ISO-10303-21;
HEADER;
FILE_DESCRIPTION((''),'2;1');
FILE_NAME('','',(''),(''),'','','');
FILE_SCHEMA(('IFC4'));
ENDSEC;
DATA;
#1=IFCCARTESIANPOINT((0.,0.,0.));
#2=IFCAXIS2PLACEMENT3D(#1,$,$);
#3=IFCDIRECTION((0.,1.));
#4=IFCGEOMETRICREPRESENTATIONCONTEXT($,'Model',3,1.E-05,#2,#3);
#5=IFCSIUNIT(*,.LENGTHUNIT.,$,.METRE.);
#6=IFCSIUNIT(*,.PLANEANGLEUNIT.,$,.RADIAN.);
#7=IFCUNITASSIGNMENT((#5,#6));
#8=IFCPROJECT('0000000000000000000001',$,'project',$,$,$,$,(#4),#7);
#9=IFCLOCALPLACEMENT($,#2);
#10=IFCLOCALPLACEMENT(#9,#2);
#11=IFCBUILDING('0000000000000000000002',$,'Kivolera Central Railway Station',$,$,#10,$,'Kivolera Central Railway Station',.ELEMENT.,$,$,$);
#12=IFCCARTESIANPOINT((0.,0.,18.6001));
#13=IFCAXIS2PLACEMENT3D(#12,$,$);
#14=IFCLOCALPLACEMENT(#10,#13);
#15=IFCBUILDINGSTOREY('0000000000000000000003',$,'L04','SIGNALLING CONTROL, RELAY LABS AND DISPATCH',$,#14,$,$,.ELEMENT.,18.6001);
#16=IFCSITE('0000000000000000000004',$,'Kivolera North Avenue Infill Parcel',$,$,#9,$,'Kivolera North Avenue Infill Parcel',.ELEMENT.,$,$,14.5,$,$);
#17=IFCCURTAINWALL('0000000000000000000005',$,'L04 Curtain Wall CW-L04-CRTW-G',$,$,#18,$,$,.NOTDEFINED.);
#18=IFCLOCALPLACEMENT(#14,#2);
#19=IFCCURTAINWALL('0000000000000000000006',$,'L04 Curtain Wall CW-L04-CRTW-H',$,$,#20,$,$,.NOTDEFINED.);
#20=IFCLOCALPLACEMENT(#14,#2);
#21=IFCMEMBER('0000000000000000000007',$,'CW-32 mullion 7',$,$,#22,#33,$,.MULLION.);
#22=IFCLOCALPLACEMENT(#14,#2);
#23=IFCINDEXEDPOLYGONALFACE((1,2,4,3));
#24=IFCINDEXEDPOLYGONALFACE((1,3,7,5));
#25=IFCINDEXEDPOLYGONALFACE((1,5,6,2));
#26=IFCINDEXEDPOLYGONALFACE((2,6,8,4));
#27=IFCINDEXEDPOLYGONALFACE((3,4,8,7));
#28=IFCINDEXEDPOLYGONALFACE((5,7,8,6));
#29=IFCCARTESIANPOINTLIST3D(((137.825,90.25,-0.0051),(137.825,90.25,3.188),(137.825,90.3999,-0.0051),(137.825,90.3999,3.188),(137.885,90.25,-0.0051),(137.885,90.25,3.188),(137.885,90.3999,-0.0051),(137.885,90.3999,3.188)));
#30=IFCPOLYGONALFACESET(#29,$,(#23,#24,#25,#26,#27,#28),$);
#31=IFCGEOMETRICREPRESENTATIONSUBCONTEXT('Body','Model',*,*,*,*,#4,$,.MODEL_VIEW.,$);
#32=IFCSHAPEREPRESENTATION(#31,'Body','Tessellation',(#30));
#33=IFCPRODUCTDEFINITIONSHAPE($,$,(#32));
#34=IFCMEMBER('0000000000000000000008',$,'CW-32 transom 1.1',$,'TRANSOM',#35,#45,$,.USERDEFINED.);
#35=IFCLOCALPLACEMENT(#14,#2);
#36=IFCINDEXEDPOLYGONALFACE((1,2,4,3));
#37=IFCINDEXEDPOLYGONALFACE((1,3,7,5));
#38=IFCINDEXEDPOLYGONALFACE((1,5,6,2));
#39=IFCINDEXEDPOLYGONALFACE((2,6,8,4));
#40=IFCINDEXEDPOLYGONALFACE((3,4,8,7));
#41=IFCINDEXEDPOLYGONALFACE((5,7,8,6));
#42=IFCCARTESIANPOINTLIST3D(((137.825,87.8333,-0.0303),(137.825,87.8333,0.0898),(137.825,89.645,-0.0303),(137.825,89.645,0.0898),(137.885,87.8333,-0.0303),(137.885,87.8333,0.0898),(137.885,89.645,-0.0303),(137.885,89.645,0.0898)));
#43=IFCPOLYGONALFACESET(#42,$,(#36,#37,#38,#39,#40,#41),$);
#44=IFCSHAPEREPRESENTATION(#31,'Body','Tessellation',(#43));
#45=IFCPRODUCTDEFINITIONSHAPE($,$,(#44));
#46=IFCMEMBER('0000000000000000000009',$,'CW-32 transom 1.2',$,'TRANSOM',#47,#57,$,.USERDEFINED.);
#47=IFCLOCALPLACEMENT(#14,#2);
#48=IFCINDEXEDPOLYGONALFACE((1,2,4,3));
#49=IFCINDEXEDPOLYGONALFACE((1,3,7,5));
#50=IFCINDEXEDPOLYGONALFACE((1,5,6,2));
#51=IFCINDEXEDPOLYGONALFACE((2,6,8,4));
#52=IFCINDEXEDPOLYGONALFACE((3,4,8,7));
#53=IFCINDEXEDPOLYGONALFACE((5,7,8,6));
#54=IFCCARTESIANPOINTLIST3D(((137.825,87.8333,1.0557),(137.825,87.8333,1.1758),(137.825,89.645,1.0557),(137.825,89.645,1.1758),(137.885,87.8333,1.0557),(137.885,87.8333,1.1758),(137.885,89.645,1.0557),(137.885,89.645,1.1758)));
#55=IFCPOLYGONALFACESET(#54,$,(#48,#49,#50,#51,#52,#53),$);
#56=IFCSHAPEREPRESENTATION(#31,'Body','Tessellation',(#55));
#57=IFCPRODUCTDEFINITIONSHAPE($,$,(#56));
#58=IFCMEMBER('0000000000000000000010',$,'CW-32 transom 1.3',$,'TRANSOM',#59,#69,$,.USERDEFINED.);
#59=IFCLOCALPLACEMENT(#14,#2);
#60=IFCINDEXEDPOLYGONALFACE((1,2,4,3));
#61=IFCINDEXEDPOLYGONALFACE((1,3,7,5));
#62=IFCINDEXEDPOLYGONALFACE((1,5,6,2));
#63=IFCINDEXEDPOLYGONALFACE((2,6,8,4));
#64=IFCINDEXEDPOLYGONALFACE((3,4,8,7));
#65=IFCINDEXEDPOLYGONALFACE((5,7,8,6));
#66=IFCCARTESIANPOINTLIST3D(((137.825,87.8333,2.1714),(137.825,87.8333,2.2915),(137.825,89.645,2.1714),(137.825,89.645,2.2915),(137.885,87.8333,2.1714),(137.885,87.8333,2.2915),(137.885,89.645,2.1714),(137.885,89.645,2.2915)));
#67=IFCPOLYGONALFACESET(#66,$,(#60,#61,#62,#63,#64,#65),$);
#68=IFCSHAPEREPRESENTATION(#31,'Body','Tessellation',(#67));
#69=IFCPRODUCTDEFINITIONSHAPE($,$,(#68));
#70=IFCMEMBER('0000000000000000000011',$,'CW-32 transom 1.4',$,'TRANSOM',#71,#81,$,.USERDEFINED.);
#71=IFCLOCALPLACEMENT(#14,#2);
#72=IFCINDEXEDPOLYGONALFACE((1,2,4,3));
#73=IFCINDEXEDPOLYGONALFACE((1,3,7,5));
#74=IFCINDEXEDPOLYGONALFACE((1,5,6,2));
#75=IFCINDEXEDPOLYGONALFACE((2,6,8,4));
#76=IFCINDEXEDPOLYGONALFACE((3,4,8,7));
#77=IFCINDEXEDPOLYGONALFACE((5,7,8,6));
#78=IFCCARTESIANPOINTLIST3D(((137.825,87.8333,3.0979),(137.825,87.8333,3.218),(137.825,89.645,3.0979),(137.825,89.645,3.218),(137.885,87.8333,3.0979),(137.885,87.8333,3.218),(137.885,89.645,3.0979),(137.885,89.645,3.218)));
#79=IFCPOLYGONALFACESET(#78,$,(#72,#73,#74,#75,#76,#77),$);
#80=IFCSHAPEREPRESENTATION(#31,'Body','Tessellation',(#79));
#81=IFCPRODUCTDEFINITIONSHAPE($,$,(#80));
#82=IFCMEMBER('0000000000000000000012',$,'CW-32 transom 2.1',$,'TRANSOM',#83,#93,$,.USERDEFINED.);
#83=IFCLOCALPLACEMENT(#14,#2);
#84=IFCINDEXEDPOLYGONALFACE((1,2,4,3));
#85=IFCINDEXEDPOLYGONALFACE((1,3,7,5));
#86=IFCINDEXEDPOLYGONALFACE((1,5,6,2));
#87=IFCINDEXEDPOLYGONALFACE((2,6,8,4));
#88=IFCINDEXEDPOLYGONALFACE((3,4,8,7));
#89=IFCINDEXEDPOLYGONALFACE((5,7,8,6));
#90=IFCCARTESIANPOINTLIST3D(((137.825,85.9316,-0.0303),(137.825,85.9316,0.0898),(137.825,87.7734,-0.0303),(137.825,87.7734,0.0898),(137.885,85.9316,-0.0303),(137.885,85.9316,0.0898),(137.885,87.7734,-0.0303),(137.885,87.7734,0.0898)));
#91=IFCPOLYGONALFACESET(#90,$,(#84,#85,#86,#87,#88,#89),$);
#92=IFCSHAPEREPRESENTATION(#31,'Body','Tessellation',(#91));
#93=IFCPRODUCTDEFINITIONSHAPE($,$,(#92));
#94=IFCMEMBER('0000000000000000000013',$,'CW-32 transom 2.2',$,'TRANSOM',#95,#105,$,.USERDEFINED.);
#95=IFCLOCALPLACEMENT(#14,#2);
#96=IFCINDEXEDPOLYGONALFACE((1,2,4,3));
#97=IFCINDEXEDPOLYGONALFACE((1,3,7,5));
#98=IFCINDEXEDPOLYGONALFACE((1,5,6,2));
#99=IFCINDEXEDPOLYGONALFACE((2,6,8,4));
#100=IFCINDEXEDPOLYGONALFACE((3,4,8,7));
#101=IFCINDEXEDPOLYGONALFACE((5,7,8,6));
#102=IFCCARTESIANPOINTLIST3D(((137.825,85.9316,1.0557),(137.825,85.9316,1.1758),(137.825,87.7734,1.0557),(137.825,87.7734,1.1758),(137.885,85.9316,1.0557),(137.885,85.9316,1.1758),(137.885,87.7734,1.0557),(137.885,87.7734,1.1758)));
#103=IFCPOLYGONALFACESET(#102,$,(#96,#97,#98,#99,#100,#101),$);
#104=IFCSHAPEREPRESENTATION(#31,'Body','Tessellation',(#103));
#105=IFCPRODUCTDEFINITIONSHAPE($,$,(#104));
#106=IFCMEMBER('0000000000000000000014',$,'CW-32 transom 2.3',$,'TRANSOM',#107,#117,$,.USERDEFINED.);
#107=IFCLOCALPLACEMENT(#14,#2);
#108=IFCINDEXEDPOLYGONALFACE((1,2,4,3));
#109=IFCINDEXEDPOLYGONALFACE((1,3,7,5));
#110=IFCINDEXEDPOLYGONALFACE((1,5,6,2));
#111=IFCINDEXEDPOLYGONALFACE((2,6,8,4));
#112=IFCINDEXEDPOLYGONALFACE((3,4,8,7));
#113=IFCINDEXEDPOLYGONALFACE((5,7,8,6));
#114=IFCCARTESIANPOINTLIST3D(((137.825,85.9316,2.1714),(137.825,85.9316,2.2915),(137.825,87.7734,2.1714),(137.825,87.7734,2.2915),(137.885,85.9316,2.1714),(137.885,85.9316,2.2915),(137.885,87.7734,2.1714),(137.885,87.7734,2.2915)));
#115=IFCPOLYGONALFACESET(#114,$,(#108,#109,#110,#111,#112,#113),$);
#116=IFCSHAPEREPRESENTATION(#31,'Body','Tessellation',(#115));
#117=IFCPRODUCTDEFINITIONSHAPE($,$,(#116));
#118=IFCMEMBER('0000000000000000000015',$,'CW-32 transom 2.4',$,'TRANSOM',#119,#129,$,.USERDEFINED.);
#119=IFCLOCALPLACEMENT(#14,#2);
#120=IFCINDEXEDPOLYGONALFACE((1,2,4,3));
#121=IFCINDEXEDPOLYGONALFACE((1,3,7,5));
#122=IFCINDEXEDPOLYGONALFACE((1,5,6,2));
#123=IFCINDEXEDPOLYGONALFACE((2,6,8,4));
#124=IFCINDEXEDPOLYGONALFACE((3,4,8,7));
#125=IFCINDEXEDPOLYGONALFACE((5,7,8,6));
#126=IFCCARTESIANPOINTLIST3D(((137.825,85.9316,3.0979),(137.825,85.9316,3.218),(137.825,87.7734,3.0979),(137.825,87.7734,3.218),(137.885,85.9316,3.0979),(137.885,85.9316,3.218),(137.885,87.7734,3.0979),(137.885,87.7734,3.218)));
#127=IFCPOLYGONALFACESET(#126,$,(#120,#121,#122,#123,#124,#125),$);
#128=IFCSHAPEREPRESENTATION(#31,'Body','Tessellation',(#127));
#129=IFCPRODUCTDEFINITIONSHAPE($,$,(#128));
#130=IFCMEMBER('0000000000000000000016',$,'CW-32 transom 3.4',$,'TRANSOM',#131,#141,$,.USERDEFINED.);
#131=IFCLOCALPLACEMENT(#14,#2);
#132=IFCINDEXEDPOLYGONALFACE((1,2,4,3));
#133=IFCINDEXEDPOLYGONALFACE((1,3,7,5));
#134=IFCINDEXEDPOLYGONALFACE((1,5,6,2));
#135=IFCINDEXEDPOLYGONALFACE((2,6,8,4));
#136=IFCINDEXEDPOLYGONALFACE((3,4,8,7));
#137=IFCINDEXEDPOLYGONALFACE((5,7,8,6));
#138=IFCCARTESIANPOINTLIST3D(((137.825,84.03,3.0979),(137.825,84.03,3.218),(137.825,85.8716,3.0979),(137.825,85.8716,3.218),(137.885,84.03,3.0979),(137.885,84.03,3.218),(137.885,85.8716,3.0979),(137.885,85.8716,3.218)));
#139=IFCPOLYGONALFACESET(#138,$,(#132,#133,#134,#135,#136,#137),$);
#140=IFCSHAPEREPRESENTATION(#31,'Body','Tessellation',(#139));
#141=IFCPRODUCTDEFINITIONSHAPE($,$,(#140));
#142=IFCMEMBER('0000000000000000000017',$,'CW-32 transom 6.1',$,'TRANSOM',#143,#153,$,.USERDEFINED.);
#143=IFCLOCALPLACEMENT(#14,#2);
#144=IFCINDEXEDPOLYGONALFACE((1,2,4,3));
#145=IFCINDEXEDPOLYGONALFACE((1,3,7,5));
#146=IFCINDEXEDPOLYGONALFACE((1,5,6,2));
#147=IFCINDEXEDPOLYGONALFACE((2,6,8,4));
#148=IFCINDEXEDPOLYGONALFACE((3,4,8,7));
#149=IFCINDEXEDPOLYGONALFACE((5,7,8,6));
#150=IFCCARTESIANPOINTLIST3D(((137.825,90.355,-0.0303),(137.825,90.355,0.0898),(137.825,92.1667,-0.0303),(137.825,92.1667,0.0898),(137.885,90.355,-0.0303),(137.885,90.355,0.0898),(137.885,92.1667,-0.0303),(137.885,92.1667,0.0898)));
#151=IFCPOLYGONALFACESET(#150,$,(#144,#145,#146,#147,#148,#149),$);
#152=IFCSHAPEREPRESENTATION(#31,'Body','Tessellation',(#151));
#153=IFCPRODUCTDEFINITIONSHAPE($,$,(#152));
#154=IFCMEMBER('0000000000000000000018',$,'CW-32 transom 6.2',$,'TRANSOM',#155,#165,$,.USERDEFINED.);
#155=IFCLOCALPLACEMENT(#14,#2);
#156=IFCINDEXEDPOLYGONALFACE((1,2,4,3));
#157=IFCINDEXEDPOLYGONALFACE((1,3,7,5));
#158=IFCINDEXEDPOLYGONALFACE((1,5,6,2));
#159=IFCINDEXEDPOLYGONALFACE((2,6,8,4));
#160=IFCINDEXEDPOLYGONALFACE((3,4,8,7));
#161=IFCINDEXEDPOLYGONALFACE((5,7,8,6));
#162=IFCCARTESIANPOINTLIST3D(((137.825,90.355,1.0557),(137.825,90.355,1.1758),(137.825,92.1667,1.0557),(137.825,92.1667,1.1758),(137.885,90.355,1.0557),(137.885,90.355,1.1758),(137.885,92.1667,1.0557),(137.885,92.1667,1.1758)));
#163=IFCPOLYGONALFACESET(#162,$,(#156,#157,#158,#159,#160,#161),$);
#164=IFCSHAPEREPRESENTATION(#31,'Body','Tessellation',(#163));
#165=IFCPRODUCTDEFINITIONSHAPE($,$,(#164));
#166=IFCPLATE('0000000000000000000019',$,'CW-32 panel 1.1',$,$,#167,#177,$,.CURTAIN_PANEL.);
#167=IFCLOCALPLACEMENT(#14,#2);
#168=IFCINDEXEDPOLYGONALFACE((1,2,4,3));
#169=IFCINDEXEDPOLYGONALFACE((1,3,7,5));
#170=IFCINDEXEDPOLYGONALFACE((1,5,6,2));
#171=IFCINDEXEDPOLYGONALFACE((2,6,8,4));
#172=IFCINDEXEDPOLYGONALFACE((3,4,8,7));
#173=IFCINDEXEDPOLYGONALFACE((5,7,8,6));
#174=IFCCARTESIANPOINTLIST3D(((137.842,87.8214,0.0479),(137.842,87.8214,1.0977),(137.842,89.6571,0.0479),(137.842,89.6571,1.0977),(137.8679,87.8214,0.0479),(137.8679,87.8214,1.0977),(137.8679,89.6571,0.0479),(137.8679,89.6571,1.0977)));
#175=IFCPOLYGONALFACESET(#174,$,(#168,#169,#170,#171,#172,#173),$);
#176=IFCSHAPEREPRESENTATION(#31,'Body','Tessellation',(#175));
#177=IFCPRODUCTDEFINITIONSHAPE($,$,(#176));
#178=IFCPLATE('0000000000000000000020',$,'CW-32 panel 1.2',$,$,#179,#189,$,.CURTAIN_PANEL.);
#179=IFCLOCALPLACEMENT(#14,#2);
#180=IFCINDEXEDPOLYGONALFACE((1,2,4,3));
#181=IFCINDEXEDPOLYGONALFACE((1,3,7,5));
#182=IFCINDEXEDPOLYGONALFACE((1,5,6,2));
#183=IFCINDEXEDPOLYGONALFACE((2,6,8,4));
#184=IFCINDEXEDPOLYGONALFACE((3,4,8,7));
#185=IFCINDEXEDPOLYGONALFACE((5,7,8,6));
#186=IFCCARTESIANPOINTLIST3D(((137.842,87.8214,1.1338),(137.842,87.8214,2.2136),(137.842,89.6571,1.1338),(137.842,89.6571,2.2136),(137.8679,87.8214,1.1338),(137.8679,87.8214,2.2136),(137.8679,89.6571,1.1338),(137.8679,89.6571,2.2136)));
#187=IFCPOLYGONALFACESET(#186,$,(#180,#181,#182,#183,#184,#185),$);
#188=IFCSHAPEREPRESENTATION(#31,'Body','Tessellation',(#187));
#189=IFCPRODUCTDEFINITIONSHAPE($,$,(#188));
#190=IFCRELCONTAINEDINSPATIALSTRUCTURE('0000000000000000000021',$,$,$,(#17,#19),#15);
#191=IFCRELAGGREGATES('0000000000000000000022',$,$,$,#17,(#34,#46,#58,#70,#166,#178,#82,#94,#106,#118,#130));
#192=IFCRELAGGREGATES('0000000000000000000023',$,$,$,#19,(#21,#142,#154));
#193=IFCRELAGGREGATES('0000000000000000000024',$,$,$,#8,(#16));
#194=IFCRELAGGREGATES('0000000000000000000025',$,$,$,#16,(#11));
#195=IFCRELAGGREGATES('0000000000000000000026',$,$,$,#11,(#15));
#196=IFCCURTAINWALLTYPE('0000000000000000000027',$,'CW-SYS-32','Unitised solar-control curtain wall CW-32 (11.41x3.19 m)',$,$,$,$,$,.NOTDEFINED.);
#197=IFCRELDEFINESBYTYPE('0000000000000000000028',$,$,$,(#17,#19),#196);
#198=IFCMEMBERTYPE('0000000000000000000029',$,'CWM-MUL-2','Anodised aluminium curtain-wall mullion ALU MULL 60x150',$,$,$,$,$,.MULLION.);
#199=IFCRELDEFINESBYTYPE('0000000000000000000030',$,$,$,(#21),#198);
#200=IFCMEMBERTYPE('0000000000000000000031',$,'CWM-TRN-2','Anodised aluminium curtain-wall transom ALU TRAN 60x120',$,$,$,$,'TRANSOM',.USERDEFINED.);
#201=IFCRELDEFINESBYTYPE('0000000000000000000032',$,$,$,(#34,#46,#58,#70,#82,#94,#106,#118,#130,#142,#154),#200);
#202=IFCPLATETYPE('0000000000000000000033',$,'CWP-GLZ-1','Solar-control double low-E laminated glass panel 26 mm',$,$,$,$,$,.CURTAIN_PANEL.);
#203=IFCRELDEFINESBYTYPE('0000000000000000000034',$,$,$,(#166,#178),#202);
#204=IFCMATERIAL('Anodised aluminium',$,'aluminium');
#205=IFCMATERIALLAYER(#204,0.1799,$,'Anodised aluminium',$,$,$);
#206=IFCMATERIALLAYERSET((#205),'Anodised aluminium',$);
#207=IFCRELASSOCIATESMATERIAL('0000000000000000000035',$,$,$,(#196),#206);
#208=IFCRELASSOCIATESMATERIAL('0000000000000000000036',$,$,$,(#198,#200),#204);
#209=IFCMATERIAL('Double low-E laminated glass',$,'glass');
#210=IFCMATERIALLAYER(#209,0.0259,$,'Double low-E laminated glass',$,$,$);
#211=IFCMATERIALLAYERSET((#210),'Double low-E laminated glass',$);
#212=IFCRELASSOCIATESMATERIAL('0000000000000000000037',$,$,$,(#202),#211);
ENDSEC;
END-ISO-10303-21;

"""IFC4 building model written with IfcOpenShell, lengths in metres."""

from ifc_helpers import new_model, si_unit, direction, frame, origin, origin_2d, place, context, subcontext, project, spatial, rectangle, extrude, material, layer, layer_set, material_profile, profile_set, type_object, element, aggregate, save


model = new_model("IFC4")

# Units and contexts
model_context = context("Model", 3, precision=1e-05, world=origin(), true_north=direction((0.0, 1.0)))
body_context = subcontext(model_context, "Body", "Model", "MODEL_VIEW")
ifc_project = project(units=[si_unit("LENGTHUNIT", "METRE"), si_unit("PLANEANGLEUNIT", "RADIAN")], contexts=[model_context])

# Site, building, storey
site_placement = place(None, origin())
site = spatial("IfcSite", under=ifc_project, at=site_placement, Name="Kivolera North Avenue Infill Parcel", LongName="Kivolera North Avenue Infill Parcel", CompositionType="ELEMENT", RefElevation=14.5)
building_placement = place(site_placement, origin())
building = spatial("IfcBuilding", under=site, at=building_placement, Name="Kivolera Central Railway Station", LongName="Kivolera Central Railway Station", CompositionType="ELEMENT")
storey_placement = place(building_placement, frame((0.0, 0.0, 18.6001)))
storey = spatial("IfcBuildingStorey", under=building, at=storey_placement, Name="L04", Description="SIGNALLING CONTROL, RELAY LABS AND DISPATCH", CompositionType="ELEMENT", Elevation=18.6001)

# Curtain wall
ifc_material_1 = material(Name="Anodised aluminium", Category="aluminium")
ifc_layer_1 = layer(ifc_material_1, 0.1799, Name="Anodised aluminium")
ifc_layer_set_1 = layer_set([ifc_layer_1], Name="Anodised aluminium")
curtain_wall_type = type_object("IfcCurtainWallType", Name="CW-SYS-32", Description="Unitised solar-control curtain wall CW-32 (11.41x3.19 m)", PredefinedType="NOTDEFINED", material=ifc_layer_set_1)
curtain_wall_1_placement = place(storey_placement, origin())
curtain_wall_1 = element("IfcCurtainWall", 1, at=curtain_wall_1_placement, inside=storey, type_object=curtain_wall_type, Name="L04 Curtain Wall CW-L04-CRTW-G", PredefinedType="NOTDEFINED")
ifc_material_profile_1 = material_profile(ifc_material_1, rectangle(XDim=0.0601, YDim=0.1499, at=origin_2d()), Name="ALU MULL 60x150")
ifc_profile_set_1 = profile_set([ifc_material_profile_1], Name="Anodised aluminium")
member_type_1 = type_object("IfcMemberType", Name="CWM-MUL-2", Description="Anodised aluminium curtain-wall mullion ALU MULL 60x150", PredefinedType="MULLION", material=ifc_profile_set_1)

# Curtain wall, member
curtain_wall_2_placement = place(storey_placement, origin())
curtain_wall_2 = element("IfcCurtainWall", 2, at=curtain_wall_2_placement, inside=storey, type_object=curtain_wall_type, Name="L04 Curtain Wall CW-L04-CRTW-H", PredefinedType="NOTDEFINED")
member_1_placement = place(storey_placement, frame((137.855, 90.325, -0.0051), z_axis=(0.0, 0.0, 1.0), x_axis=(1.0, 0.0, 0.0)))
member_1 = element("IfcMember", 3, at=member_1_placement, type_object=member_type_1, Name="CW-32 mullion 7", PredefinedType="MULLION", context=body_context, shape_type="SweptSolid", body=[
    extrude(rectangle(XDim=0.0601, YDim=0.1499, at=origin_2d()), origin(), (0.0, 0.0, 1.0), 3.1931),
])

# Members
ifc_material_profile_2 = material_profile(ifc_material_1, rectangle(XDim=0.0601, YDim=0.1201, at=origin_2d()), Name="ALU TRAN 60x120")
ifc_profile_set_2 = profile_set([ifc_material_profile_2], Name="Anodised aluminium")
member_type_2 = type_object("IfcMemberType", Name="CWM-TRN-2", Description="Anodised aluminium curtain-wall transom ALU TRAN 60x120", ElementType="TRANSOM", PredefinedType="USERDEFINED", material=ifc_profile_set_2)
member_2_placement = place(storey_placement, frame((137.855, 89.645, 0.0298), z_axis=(0.0, -1.0, 0.0), x_axis=(1.0, 0.0, 0.0)))
member_2 = element("IfcMember", 4, at=member_2_placement, type_object=member_type_2, Name="CW-32 transom 1.1", ObjectType="TRANSOM", PredefinedType="USERDEFINED", context=body_context, shape_type="SweptSolid", body=[
    extrude(rectangle(XDim=0.0601, YDim=0.1201, at=origin_2d()), origin(), (0.0, 0.0, 1.0), 1.8118),
])
member_3_placement = place(storey_placement, frame((137.855, 89.645, 1.1157), z_axis=(0.0, -1.0, 0.0), x_axis=(1.0, 0.0, 0.0)))
member_3 = element("IfcMember", 5, at=member_3_placement, type_object=member_type_2, Name="CW-32 transom 1.2", ObjectType="TRANSOM", PredefinedType="USERDEFINED", context=body_context, shape_type="SweptSolid", body=[
    extrude(rectangle(XDim=0.0601, YDim=0.1201, at=origin_2d()), origin(), (0.0, 0.0, 1.0), 1.8118),
])
member_4_placement = place(storey_placement, frame((137.855, 89.645, 2.2314), z_axis=(0.0, -1.0, 0.0), x_axis=(1.0, 0.0, 0.0)))
member_4 = element("IfcMember", 6, at=member_4_placement, type_object=member_type_2, Name="CW-32 transom 1.3", ObjectType="TRANSOM", PredefinedType="USERDEFINED", context=body_context, shape_type="SweptSolid", body=[
    extrude(rectangle(XDim=0.0601, YDim=0.1201, at=origin_2d()), origin(), (0.0, 0.0, 1.0), 1.8118),
])
member_5_placement = place(storey_placement, frame((137.855, 89.645, 3.158), z_axis=(0.0, -1.0, 0.0), x_axis=(1.0, 0.0, 0.0)))
member_5 = element("IfcMember", 7, at=member_5_placement, type_object=member_type_2, Name="CW-32 transom 1.4", ObjectType="TRANSOM", PredefinedType="USERDEFINED", context=body_context, shape_type="SweptSolid", body=[
    extrude(rectangle(XDim=0.0601, YDim=0.1201, at=origin_2d()), origin(), (0.0, 0.0, 1.0), 1.8118),
])
member_6_placement = place(storey_placement, frame((137.855, 87.7734, 0.0298), z_axis=(0.0, -1.0, 0.0), x_axis=(1.0, 0.0, 0.0)))
member_6 = element("IfcMember", 8, at=member_6_placement, type_object=member_type_2, Name="CW-32 transom 2.1", ObjectType="TRANSOM", PredefinedType="USERDEFINED", context=body_context, shape_type="SweptSolid", body=[
    extrude(rectangle(XDim=0.0601, YDim=0.1201, at=origin_2d()), origin(), (0.0, 0.0, 1.0), 1.8418),
])
member_7_placement = place(storey_placement, frame((137.855, 87.7734, 1.1157), z_axis=(0.0, -1.0, 0.0), x_axis=(1.0, 0.0, 0.0)))
member_7 = element("IfcMember", 9, at=member_7_placement, type_object=member_type_2, Name="CW-32 transom 2.2", ObjectType="TRANSOM", PredefinedType="USERDEFINED", context=body_context, shape_type="SweptSolid", body=[
    extrude(rectangle(XDim=0.0601, YDim=0.1201, at=origin_2d()), origin(), (0.0, 0.0, 1.0), 1.8418),
])
member_8_placement = place(storey_placement, frame((137.855, 87.7734, 2.2314), z_axis=(0.0, -1.0, 0.0), x_axis=(1.0, 0.0, 0.0)))
member_8 = element("IfcMember", 10, at=member_8_placement, type_object=member_type_2, Name="CW-32 transom 2.3", ObjectType="TRANSOM", PredefinedType="USERDEFINED", context=body_context, shape_type="SweptSolid", body=[
    extrude(rectangle(XDim=0.0601, YDim=0.1201, at=origin_2d()), origin(), (0.0, 0.0, 1.0), 1.8418),
])
member_9_placement = place(storey_placement, frame((137.855, 87.7734, 3.158), z_axis=(0.0, -1.0, 0.0), x_axis=(1.0, 0.0, 0.0)))
member_9 = element("IfcMember", 11, at=member_9_placement, type_object=member_type_2, Name="CW-32 transom 2.4", ObjectType="TRANSOM", PredefinedType="USERDEFINED", context=body_context, shape_type="SweptSolid", body=[
    extrude(rectangle(XDim=0.0601, YDim=0.1201, at=origin_2d()), origin(), (0.0, 0.0, 1.0), 1.8418),
])
member_10_placement = place(storey_placement, frame((137.855, 85.8716, 3.158), z_axis=(0.0, -1.0, 0.0), x_axis=(1.0, 0.0, 0.0)))
member_10 = element("IfcMember", 12, at=member_10_placement, type_object=member_type_2, Name="CW-32 transom 3.4", ObjectType="TRANSOM", PredefinedType="USERDEFINED", context=body_context, shape_type="SweptSolid", body=[
    extrude(rectangle(XDim=0.0601, YDim=0.1201, at=origin_2d()), origin(), (0.0, 0.0, 1.0), 1.8416),
])
member_11_placement = place(storey_placement, frame((137.855, 92.1667, 0.0298), z_axis=(0.0, -1.0, 0.0), x_axis=(1.0, 0.0, 0.0)))
member_11 = element("IfcMember", 13, at=member_11_placement, type_object=member_type_2, Name="CW-32 transom 6.1", ObjectType="TRANSOM", PredefinedType="USERDEFINED", context=body_context, shape_type="SweptSolid", body=[
    extrude(rectangle(XDim=0.0601, YDim=0.1201, at=origin_2d()), origin(), (0.0, 0.0, 1.0), 1.8118),
])
member_12_placement = place(storey_placement, frame((137.855, 92.1667, 1.1157), z_axis=(0.0, -1.0, 0.0), x_axis=(1.0, 0.0, 0.0)))
member_12 = element("IfcMember", 14, at=member_12_placement, type_object=member_type_2, Name="CW-32 transom 6.2", ObjectType="TRANSOM", PredefinedType="USERDEFINED", context=body_context, shape_type="SweptSolid", body=[
    extrude(rectangle(XDim=0.0601, YDim=0.1201, at=origin_2d()), origin(), (0.0, 0.0, 1.0), 1.8118),
])

# Plates
ifc_material_2 = material(Name="Double low-E laminated glass", Category="glass")
ifc_layer_2 = layer(ifc_material_2, 0.0259, Name="Double low-E laminated glass")
ifc_layer_set_2 = layer_set([ifc_layer_2], Name="Double low-E laminated glass")
plate_type = type_object("IfcPlateType", Name="CWP-GLZ-1", Description="Solar-control double low-E laminated glass panel 26 mm", PredefinedType="CURTAIN_PANEL", material=ifc_layer_set_2)
plate_1_placement = place(storey_placement, frame((137.855, 88.7393, 0.0479), z_axis=(0.0, 0.0, 1.0), x_axis=(0.0, -1.0, 0.0)))
plate_1 = element("IfcPlate", 15, at=plate_1_placement, type_object=plate_type, Name="CW-32 panel 1.1", PredefinedType="CURTAIN_PANEL", context=body_context, shape_type="SweptSolid", body=[
    extrude(rectangle(XDim=1.8357, YDim=0.0259, at=origin_2d()), origin(), (0.0, 0.0, 1.0), 1.0498),
])
plate_2_placement = place(storey_placement, frame((137.855, 88.7393, 1.1338), z_axis=(0.0, 0.0, 1.0), x_axis=(0.0, -1.0, 0.0)))
plate_2 = element("IfcPlate", 16, at=plate_2_placement, type_object=plate_type, Name="CW-32 panel 1.2", PredefinedType="CURTAIN_PANEL", context=body_context, shape_type="SweptSolid", body=[
    extrude(rectangle(XDim=1.8357, YDim=0.0259, at=origin_2d()), origin(), (0.0, 0.0, 1.0), 1.0798),
])
aggregate(curtain_wall_1, [member_2, member_3, member_4, member_5, plate_1, plate_2, member_6, member_7, member_8, member_9, member_10])
aggregate(curtain_wall_2, [member_1, member_11, member_12])

save(model, "model.ifc")
